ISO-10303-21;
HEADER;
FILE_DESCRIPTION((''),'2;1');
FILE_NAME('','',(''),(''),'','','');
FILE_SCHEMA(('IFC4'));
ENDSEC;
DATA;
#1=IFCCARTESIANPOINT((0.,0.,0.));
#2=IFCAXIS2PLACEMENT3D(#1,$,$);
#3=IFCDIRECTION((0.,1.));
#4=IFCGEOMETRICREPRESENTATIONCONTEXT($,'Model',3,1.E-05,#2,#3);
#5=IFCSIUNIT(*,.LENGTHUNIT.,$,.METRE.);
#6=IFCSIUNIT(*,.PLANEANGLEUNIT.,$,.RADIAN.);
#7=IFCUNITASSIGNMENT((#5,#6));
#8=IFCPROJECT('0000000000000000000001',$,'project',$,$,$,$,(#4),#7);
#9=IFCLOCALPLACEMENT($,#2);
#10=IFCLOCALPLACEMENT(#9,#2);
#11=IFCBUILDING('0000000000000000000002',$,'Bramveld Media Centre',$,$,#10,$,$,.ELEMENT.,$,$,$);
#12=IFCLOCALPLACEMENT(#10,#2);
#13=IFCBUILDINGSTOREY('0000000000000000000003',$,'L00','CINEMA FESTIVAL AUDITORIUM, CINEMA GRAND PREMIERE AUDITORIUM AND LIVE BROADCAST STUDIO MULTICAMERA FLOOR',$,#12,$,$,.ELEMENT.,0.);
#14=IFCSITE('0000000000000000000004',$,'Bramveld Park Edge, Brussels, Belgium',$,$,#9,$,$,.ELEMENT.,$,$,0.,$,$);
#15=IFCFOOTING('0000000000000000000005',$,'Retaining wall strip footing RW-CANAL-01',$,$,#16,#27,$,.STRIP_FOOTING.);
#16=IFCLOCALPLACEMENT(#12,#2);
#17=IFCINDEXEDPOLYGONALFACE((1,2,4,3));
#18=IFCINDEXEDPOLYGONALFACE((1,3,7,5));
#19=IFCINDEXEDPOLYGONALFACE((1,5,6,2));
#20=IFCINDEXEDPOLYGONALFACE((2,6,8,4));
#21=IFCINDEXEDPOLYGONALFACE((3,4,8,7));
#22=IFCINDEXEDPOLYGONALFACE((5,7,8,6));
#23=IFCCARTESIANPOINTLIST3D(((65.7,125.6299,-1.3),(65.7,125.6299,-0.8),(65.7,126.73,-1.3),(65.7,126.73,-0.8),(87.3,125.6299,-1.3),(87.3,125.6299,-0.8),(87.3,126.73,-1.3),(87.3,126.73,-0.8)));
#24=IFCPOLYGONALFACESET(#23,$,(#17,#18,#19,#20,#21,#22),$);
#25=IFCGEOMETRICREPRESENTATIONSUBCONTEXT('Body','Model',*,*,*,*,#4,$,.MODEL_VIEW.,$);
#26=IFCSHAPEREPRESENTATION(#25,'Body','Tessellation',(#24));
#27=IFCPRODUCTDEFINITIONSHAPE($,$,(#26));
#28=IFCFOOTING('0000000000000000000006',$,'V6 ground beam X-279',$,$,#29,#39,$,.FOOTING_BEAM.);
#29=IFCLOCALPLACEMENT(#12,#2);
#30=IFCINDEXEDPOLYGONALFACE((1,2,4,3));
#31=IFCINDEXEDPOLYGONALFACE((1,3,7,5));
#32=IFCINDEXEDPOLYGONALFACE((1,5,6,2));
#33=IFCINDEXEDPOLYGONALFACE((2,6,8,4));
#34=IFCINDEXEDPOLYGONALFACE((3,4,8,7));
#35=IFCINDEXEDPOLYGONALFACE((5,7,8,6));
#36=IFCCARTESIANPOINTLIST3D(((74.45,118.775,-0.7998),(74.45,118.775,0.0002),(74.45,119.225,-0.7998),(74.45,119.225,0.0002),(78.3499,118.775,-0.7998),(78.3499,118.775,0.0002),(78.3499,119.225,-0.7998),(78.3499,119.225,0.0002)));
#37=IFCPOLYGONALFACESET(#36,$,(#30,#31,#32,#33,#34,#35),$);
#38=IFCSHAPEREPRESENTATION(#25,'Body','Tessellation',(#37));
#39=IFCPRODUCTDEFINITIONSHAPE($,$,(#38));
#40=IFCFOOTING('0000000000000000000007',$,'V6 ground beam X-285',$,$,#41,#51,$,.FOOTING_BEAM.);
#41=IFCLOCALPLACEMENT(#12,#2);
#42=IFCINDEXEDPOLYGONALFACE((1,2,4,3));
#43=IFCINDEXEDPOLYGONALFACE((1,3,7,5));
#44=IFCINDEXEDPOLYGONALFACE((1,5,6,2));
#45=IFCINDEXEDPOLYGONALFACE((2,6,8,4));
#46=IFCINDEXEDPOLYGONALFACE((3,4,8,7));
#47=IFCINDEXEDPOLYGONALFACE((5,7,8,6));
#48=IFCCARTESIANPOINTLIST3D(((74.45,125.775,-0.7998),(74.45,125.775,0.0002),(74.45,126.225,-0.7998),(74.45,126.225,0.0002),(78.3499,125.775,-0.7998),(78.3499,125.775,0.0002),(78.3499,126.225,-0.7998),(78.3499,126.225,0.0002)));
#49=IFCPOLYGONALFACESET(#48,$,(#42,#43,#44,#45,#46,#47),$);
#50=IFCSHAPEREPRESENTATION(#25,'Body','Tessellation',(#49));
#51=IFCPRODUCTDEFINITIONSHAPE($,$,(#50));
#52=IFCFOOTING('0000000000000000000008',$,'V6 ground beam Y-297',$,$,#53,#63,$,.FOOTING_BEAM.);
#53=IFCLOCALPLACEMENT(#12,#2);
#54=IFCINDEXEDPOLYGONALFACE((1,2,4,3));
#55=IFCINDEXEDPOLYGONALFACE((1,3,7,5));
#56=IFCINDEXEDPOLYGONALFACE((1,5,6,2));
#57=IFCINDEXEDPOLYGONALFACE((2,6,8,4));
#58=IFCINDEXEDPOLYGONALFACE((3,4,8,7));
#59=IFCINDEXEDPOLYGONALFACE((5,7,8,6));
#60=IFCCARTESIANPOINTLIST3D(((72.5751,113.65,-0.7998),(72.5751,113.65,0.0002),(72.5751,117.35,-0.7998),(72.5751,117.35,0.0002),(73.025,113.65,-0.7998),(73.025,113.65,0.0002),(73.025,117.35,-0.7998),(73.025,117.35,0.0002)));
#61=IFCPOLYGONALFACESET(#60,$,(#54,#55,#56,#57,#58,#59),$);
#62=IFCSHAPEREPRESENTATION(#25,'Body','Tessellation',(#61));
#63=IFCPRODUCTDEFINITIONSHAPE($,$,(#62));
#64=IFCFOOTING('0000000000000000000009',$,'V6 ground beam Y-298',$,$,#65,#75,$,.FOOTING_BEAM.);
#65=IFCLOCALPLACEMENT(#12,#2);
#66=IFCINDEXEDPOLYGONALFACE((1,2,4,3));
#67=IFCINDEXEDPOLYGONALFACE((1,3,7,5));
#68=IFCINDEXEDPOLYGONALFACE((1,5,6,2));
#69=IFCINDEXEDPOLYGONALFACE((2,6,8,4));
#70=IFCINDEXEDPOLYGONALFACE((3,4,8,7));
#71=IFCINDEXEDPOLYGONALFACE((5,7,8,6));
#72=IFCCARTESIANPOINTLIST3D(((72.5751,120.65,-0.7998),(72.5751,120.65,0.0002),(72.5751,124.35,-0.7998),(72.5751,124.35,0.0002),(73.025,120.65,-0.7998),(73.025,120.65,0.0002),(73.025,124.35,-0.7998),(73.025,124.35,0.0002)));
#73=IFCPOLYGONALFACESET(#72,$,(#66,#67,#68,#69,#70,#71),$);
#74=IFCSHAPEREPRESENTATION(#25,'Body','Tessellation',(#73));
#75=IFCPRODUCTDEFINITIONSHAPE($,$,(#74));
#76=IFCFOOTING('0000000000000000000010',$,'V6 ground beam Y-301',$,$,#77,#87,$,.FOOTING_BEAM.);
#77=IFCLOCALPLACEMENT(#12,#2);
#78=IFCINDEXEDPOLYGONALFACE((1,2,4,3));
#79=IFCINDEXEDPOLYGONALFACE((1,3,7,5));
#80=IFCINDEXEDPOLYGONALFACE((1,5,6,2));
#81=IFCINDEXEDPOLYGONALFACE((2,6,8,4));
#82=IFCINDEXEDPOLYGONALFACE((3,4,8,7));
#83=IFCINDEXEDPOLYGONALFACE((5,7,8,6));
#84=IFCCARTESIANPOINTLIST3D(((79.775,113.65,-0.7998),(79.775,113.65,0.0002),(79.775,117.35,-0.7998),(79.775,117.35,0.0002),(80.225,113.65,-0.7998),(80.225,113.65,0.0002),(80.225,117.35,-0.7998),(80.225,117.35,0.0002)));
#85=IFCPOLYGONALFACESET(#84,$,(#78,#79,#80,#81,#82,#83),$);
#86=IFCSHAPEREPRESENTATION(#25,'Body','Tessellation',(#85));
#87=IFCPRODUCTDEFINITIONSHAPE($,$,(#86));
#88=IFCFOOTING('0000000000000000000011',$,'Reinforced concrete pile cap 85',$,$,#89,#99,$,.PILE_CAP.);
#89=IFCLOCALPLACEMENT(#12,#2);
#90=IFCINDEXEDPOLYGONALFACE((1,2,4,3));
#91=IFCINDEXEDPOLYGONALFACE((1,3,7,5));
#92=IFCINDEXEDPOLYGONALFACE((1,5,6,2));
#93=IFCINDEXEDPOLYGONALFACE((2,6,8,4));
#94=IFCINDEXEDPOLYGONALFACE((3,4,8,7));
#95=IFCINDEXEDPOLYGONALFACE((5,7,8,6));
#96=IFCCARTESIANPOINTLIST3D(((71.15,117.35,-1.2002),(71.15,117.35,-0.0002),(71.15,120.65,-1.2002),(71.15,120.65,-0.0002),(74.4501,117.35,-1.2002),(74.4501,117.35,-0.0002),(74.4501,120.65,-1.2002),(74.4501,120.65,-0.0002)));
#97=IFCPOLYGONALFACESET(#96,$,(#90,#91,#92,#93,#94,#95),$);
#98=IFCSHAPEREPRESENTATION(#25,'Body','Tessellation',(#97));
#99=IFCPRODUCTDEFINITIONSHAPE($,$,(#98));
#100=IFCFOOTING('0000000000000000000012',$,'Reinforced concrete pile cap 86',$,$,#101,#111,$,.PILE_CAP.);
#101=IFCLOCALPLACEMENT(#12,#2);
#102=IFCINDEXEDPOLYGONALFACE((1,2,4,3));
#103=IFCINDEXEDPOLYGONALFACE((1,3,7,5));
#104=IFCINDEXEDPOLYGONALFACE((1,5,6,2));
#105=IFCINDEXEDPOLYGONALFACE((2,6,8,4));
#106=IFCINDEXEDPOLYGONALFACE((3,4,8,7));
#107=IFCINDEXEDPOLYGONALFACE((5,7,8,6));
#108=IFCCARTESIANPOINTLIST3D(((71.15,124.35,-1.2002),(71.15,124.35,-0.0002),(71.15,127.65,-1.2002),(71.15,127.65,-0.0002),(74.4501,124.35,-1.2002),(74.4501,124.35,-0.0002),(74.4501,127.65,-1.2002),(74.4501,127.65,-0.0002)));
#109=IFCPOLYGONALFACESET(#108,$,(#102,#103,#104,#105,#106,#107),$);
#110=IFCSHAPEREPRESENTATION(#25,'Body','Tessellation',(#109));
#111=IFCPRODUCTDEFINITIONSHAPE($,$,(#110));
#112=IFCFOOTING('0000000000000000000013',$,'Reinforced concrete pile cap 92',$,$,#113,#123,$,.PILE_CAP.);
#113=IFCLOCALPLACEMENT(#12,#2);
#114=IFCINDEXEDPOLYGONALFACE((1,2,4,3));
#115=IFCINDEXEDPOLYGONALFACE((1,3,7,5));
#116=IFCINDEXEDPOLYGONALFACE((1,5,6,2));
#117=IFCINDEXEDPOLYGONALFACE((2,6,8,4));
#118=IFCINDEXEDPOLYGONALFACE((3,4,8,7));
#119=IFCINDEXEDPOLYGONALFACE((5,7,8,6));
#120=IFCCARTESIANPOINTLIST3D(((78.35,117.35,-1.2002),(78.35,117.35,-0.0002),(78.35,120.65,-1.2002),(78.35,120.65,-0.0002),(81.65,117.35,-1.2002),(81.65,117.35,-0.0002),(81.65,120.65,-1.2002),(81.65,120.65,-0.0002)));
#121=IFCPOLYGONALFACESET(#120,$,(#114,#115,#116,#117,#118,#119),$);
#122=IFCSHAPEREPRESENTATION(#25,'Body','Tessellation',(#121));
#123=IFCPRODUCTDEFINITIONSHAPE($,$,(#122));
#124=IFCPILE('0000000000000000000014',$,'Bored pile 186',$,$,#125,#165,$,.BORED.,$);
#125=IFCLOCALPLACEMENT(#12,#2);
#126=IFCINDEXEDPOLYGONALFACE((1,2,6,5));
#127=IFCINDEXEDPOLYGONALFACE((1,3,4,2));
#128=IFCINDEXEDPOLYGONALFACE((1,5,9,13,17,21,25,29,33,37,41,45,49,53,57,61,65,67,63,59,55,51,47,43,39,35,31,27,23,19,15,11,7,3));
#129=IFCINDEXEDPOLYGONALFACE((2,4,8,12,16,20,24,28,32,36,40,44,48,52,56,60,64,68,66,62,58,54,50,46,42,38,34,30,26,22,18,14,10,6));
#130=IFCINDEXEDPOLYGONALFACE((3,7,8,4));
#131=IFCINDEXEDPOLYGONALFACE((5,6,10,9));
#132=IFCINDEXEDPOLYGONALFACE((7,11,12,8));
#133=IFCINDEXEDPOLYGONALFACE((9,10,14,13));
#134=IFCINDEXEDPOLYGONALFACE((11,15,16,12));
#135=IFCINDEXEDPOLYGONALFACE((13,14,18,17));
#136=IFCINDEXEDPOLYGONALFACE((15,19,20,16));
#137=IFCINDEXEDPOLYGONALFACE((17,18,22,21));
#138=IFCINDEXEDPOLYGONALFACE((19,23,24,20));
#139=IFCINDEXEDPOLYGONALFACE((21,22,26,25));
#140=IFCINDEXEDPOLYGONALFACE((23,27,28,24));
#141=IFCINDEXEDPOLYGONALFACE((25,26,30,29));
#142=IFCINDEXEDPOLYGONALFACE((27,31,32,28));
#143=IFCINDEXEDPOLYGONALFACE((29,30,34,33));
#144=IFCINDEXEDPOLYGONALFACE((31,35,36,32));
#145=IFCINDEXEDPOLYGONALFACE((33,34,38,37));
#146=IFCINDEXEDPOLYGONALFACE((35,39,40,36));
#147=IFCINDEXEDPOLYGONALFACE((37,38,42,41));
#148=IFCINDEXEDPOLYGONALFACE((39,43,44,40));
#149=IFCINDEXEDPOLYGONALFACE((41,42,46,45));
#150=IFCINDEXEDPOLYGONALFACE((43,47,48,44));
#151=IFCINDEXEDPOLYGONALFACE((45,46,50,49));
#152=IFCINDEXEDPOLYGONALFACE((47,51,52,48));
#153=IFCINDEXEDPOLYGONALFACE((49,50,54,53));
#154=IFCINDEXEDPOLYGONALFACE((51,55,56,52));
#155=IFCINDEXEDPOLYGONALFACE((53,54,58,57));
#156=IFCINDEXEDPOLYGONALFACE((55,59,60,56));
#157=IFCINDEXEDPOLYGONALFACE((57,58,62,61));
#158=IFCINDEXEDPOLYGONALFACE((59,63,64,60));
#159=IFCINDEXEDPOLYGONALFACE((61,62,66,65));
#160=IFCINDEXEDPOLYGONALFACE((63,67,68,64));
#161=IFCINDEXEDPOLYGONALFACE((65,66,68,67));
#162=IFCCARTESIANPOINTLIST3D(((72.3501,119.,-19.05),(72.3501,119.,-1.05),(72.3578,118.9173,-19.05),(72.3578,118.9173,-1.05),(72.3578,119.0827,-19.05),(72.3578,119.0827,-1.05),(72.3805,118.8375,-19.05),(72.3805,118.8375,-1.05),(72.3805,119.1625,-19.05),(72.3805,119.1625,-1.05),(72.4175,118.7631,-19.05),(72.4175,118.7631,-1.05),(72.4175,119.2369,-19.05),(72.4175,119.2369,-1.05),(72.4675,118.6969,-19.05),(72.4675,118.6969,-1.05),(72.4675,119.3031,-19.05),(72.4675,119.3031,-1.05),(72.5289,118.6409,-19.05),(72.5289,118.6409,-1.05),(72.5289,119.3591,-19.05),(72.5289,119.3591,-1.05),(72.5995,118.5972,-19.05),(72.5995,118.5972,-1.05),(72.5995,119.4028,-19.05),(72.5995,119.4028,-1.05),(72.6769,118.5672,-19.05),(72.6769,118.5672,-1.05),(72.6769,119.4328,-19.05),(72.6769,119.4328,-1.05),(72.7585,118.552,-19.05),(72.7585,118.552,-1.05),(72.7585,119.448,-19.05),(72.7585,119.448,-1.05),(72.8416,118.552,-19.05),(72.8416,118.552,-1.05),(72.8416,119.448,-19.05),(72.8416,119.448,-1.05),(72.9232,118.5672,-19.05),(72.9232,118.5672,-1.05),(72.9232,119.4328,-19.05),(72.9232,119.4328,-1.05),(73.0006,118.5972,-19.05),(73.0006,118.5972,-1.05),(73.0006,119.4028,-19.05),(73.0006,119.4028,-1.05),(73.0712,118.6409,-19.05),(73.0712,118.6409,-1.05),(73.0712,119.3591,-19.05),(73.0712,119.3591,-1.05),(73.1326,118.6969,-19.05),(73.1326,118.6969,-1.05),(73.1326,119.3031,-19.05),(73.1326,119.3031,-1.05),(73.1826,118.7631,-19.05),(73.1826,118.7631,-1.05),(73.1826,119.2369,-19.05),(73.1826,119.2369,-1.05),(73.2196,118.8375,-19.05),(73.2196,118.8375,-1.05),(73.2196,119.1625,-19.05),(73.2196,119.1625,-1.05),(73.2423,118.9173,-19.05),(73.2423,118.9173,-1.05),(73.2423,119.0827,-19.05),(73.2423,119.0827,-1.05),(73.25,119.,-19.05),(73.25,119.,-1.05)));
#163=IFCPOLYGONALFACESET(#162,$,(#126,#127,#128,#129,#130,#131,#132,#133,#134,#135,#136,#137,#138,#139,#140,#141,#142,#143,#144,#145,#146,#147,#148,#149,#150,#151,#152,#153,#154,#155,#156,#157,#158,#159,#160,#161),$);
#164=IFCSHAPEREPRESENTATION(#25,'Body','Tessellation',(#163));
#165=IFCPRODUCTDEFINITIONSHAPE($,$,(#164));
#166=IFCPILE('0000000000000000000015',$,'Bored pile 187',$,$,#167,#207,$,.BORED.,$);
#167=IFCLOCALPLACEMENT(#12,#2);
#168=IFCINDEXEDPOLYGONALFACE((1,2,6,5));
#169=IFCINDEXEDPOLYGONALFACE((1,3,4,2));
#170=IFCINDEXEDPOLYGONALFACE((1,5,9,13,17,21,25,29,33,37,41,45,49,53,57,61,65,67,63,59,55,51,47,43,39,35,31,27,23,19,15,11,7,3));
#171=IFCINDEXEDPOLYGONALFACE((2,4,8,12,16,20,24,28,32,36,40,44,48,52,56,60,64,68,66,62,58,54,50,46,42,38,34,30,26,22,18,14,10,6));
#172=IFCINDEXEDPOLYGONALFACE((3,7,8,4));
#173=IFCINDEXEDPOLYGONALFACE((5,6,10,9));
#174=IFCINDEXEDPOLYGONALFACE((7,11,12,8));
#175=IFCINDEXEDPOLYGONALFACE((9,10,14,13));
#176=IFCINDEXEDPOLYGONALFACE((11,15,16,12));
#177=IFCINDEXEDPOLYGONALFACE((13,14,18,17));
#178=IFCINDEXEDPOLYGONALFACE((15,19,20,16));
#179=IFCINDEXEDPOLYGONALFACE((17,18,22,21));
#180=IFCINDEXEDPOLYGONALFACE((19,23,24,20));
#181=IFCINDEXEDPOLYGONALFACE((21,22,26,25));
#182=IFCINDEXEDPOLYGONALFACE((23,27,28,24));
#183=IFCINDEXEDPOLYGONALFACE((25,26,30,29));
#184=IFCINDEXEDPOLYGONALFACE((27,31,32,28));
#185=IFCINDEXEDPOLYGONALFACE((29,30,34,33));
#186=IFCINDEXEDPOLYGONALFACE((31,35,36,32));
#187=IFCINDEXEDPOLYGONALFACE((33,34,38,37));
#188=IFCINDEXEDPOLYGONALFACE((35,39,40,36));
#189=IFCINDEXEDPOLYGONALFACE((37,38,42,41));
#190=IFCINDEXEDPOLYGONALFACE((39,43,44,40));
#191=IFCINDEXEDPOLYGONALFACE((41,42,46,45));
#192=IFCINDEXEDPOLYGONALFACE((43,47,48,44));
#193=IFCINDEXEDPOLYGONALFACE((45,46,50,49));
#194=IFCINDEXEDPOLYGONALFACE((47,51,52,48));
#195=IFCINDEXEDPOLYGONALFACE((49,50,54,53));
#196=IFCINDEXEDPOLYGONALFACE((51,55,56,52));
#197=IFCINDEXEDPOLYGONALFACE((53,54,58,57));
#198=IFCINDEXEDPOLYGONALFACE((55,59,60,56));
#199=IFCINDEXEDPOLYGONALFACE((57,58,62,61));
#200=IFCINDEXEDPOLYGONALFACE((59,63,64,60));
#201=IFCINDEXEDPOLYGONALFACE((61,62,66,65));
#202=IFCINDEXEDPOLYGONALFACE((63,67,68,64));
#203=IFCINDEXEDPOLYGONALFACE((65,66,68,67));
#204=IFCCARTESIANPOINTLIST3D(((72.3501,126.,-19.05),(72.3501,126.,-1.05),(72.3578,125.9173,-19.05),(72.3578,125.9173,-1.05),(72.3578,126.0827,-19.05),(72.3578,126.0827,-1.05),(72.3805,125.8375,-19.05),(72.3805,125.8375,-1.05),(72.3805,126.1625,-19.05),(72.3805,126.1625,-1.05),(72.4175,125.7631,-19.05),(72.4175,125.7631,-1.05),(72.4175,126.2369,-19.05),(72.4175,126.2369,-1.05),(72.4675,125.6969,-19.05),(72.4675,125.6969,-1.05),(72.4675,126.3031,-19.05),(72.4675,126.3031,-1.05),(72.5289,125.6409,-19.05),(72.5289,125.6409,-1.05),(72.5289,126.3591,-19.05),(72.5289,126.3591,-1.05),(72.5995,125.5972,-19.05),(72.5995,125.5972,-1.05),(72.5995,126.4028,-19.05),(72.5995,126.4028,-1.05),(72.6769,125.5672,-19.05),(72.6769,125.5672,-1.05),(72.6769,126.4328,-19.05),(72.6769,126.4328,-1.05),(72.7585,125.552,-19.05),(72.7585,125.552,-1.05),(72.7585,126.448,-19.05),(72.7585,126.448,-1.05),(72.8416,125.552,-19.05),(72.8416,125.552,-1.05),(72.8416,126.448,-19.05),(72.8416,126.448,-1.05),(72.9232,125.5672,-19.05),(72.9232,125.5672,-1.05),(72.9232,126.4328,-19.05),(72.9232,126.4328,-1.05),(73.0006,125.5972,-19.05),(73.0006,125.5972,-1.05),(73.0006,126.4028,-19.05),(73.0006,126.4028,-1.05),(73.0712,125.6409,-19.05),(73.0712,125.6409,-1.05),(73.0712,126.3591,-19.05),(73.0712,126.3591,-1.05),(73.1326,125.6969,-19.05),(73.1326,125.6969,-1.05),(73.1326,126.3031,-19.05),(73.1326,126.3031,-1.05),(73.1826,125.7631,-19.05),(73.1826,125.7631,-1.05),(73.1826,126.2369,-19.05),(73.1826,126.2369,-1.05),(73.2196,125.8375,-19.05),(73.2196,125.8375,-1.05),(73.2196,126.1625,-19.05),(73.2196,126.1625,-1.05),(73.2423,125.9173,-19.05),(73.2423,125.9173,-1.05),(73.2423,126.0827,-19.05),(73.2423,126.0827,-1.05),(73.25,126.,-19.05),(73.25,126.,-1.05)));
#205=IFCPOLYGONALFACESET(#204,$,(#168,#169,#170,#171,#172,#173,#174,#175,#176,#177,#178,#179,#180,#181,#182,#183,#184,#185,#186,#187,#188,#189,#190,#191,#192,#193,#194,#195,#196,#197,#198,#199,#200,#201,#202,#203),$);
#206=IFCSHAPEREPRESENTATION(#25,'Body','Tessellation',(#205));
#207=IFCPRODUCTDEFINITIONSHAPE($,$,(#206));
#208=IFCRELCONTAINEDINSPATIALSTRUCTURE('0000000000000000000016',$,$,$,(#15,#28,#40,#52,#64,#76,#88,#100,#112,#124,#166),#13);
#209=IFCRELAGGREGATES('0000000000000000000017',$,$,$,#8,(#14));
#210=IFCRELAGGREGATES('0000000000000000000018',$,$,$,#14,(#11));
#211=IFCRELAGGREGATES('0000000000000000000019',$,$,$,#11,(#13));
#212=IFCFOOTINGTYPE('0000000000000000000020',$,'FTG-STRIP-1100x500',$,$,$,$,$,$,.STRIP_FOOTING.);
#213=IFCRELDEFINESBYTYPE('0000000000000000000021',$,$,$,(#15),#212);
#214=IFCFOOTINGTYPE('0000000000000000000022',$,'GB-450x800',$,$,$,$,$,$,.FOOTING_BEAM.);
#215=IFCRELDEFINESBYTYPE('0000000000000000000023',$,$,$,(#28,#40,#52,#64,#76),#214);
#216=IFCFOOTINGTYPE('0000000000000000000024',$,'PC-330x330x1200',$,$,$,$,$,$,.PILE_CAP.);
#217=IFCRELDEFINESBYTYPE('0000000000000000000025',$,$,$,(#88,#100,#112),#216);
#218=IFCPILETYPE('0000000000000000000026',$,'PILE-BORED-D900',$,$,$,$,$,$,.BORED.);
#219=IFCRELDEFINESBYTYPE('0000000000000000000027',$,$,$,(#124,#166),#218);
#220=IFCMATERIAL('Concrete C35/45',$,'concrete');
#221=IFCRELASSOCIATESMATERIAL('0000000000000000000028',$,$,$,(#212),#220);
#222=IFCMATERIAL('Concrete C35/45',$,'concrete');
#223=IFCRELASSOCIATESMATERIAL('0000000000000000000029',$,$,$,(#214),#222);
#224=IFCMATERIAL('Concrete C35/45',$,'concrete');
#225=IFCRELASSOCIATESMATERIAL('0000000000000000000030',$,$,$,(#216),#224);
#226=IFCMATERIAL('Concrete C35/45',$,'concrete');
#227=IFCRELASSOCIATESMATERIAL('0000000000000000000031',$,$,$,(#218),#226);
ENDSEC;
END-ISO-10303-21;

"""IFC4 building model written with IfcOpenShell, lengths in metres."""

from ifc_helpers import new_model, si_unit, direction, frame, origin, origin_2d, place, context, subcontext, project, spatial, rectangle, circle, extrude, material, material_profile, profile_set, type_object, element, save


model = new_model("IFC4")

# Units and contexts
model_context = context("Model", 3, precision=1e-05, world=origin(), true_north=direction((0.0, 1.0)))
body_context = subcontext(model_context, "Body", "Model", "MODEL_VIEW")
ifc_project = project(units=[si_unit("LENGTHUNIT", "METRE"), si_unit("PLANEANGLEUNIT", "RADIAN")], contexts=[model_context])

# Site, building, storey
site_placement = place(None, origin())
site = spatial("IfcSite", under=ifc_project, at=site_placement, Name="Bramveld Park Edge, Brussels, Belgium", CompositionType="ELEMENT", RefElevation=0.0)
building_placement = place(site_placement, origin())
building = spatial("IfcBuilding", under=site, at=building_placement, Name="Bramveld Media Centre", CompositionType="ELEMENT")
storey_placement = place(building_placement, origin())
storey = spatial("IfcBuildingStorey", under=building, at=storey_placement, Name="L00", Description="CINEMA FESTIVAL AUDITORIUM, CINEMA GRAND PREMIERE AUDITORIUM AND LIVE BROADCAST STUDIO MULTICAMERA FLOOR", CompositionType="ELEMENT", Elevation=0.0)

# Footings
ifc_material_1 = material(Name="Concrete C35/45", Category="concrete")
footing_type_1 = type_object("IfcFootingType", Name="FTG-STRIP-1100x500", PredefinedType="STRIP_FOOTING", material=ifc_material_1)
footing_placement = place(storey_placement, frame((76.5, 126.1799, -1.3), z_axis=(0.0, 0.0, 1.0), x_axis=(1.0, 0.0, 0.0)))
element("IfcFooting", 1, at=footing_placement, inside=storey, type_object=footing_type_1, Name="Retaining wall strip footing RW-CANAL-01", PredefinedType="STRIP_FOOTING", context=body_context, shape_type="SweptSolid", body=[
    extrude(rectangle(XDim=21.6001, YDim=1.1001, at=origin_2d()), origin(), (0.0, 0.0, 1.0), 0.5),
])
ifc_material_2 = material(Name="Concrete C35/45", Category="concrete")
footing_type_2 = type_object("IfcFootingType", Name="GB-450x800", PredefinedType="FOOTING_BEAM", material=ifc_material_2)
for number, where, z_axis, x_axis, name in (
    (2, (76.3999, 119.0, -0.7998), (0.0, 0.0, 1.0), (1.0, 0.0, 0.0), "V6 ground beam X-279"),
    (3, (76.3999, 126.0, -0.7998), (0.0, 0.0, 1.0), (1.0, 0.0, 0.0), "V6 ground beam X-285"),
):
    element("IfcFooting", number, at=place(storey_placement, frame(where, z_axis=z_axis, x_axis=x_axis)), inside=storey, type_object=footing_type_2, Name=name, PredefinedType="FOOTING_BEAM", context=body_context, shape_type="SweptSolid", body=[
        extrude(rectangle(XDim=3.8999, YDim=0.45, at=origin_2d()), origin(), (0.0, 0.0, 1.0), 0.8),
    ])
for number, where, z_axis, x_axis, name in (
    (4, (72.8, 115.5, -0.7998), (0.0, 0.0, 1.0), (1.0, 0.0, 0.0), "V6 ground beam Y-297"),
    (5, (72.8, 122.5, -0.7998), (0.0, 0.0, 1.0), (1.0, 0.0, 0.0), "V6 ground beam Y-298"),
    (6, (80.0, 115.5, -0.7998), (0.0, 0.0, 1.0), (1.0, 0.0, 0.0), "V6 ground beam Y-301"),
):
    element("IfcFooting", number, at=place(storey_placement, frame(where, z_axis=z_axis, x_axis=x_axis)), inside=storey, type_object=footing_type_2, Name=name, PredefinedType="FOOTING_BEAM", context=body_context, shape_type="SweptSolid", body=[
        extrude(rectangle(XDim=0.45, YDim=3.7, at=origin_2d()), origin(), (0.0, 0.0, 1.0), 0.8),
    ])
ifc_material_3 = material(Name="Concrete C35/45", Category="concrete")
footing_type_3 = type_object("IfcFootingType", Name="PC-330x330x1200", PredefinedType="PILE_CAP", material=ifc_material_3)
for number, where, z_axis, x_axis, name in (
    (7, (72.8, 119.0, -1.2002), (0.0, 0.0, 1.0), (1.0, 0.0, 0.0), "Reinforced concrete pile cap 85"),
    (8, (72.8, 126.0, -1.2002), (0.0, 0.0, 1.0), (1.0, 0.0, 0.0), "Reinforced concrete pile cap 86"),
    (9, (80.0, 119.0, -1.2002), (0.0, 0.0, 1.0), (1.0, 0.0, 0.0), "Reinforced concrete pile cap 92"),
):
    element("IfcFooting", number, at=place(storey_placement, frame(where, z_axis=z_axis, x_axis=x_axis)), inside=storey, type_object=footing_type_3, Name=name, PredefinedType="PILE_CAP", context=body_context, shape_type="SweptSolid", body=[
        extrude(rectangle(XDim=3.3, YDim=3.3, at=origin_2d()), origin(), (0.0, 0.0, 1.0), 1.2),
    ])

# Piles
ifc_material_4 = material(Name="Concrete C35/45", Category="concrete")
ifc_material_profile_1 = material_profile(ifc_material_4, circle(Radius=0.45, at=origin_2d()), Name="BORED D900")
ifc_profile_set_1 = profile_set([ifc_material_profile_1], Name="Concrete C35/45")
pile_type = type_object("IfcPileType", Name="PILE-BORED-D900", PredefinedType="BORED", material=ifc_profile_set_1)
for number, where, z_axis, x_axis, name in (
    (10, (72.8, 119.0, -1.05), (0.0, 0.0, -1.0), (1.0, 0.0, 0.0), "Bored pile 186"),
    (11, (72.8, 126.0, -1.05), (0.0, 0.0, -1.0), (1.0, 0.0, 0.0), "Bored pile 187"),
):
    element("IfcPile", number, at=place(storey_placement, frame(where, z_axis=z_axis, x_axis=x_axis)), inside=storey, type_object=pile_type, Name=name, PredefinedType="BORED", context=body_context, shape_type="SweptSolid", body=[
        extrude(circle(Radius=0.45, at=origin_2d()), origin(), (0.0, 0.0, 1.0), 18.0),
    ])

save(model, "model.ifc")
